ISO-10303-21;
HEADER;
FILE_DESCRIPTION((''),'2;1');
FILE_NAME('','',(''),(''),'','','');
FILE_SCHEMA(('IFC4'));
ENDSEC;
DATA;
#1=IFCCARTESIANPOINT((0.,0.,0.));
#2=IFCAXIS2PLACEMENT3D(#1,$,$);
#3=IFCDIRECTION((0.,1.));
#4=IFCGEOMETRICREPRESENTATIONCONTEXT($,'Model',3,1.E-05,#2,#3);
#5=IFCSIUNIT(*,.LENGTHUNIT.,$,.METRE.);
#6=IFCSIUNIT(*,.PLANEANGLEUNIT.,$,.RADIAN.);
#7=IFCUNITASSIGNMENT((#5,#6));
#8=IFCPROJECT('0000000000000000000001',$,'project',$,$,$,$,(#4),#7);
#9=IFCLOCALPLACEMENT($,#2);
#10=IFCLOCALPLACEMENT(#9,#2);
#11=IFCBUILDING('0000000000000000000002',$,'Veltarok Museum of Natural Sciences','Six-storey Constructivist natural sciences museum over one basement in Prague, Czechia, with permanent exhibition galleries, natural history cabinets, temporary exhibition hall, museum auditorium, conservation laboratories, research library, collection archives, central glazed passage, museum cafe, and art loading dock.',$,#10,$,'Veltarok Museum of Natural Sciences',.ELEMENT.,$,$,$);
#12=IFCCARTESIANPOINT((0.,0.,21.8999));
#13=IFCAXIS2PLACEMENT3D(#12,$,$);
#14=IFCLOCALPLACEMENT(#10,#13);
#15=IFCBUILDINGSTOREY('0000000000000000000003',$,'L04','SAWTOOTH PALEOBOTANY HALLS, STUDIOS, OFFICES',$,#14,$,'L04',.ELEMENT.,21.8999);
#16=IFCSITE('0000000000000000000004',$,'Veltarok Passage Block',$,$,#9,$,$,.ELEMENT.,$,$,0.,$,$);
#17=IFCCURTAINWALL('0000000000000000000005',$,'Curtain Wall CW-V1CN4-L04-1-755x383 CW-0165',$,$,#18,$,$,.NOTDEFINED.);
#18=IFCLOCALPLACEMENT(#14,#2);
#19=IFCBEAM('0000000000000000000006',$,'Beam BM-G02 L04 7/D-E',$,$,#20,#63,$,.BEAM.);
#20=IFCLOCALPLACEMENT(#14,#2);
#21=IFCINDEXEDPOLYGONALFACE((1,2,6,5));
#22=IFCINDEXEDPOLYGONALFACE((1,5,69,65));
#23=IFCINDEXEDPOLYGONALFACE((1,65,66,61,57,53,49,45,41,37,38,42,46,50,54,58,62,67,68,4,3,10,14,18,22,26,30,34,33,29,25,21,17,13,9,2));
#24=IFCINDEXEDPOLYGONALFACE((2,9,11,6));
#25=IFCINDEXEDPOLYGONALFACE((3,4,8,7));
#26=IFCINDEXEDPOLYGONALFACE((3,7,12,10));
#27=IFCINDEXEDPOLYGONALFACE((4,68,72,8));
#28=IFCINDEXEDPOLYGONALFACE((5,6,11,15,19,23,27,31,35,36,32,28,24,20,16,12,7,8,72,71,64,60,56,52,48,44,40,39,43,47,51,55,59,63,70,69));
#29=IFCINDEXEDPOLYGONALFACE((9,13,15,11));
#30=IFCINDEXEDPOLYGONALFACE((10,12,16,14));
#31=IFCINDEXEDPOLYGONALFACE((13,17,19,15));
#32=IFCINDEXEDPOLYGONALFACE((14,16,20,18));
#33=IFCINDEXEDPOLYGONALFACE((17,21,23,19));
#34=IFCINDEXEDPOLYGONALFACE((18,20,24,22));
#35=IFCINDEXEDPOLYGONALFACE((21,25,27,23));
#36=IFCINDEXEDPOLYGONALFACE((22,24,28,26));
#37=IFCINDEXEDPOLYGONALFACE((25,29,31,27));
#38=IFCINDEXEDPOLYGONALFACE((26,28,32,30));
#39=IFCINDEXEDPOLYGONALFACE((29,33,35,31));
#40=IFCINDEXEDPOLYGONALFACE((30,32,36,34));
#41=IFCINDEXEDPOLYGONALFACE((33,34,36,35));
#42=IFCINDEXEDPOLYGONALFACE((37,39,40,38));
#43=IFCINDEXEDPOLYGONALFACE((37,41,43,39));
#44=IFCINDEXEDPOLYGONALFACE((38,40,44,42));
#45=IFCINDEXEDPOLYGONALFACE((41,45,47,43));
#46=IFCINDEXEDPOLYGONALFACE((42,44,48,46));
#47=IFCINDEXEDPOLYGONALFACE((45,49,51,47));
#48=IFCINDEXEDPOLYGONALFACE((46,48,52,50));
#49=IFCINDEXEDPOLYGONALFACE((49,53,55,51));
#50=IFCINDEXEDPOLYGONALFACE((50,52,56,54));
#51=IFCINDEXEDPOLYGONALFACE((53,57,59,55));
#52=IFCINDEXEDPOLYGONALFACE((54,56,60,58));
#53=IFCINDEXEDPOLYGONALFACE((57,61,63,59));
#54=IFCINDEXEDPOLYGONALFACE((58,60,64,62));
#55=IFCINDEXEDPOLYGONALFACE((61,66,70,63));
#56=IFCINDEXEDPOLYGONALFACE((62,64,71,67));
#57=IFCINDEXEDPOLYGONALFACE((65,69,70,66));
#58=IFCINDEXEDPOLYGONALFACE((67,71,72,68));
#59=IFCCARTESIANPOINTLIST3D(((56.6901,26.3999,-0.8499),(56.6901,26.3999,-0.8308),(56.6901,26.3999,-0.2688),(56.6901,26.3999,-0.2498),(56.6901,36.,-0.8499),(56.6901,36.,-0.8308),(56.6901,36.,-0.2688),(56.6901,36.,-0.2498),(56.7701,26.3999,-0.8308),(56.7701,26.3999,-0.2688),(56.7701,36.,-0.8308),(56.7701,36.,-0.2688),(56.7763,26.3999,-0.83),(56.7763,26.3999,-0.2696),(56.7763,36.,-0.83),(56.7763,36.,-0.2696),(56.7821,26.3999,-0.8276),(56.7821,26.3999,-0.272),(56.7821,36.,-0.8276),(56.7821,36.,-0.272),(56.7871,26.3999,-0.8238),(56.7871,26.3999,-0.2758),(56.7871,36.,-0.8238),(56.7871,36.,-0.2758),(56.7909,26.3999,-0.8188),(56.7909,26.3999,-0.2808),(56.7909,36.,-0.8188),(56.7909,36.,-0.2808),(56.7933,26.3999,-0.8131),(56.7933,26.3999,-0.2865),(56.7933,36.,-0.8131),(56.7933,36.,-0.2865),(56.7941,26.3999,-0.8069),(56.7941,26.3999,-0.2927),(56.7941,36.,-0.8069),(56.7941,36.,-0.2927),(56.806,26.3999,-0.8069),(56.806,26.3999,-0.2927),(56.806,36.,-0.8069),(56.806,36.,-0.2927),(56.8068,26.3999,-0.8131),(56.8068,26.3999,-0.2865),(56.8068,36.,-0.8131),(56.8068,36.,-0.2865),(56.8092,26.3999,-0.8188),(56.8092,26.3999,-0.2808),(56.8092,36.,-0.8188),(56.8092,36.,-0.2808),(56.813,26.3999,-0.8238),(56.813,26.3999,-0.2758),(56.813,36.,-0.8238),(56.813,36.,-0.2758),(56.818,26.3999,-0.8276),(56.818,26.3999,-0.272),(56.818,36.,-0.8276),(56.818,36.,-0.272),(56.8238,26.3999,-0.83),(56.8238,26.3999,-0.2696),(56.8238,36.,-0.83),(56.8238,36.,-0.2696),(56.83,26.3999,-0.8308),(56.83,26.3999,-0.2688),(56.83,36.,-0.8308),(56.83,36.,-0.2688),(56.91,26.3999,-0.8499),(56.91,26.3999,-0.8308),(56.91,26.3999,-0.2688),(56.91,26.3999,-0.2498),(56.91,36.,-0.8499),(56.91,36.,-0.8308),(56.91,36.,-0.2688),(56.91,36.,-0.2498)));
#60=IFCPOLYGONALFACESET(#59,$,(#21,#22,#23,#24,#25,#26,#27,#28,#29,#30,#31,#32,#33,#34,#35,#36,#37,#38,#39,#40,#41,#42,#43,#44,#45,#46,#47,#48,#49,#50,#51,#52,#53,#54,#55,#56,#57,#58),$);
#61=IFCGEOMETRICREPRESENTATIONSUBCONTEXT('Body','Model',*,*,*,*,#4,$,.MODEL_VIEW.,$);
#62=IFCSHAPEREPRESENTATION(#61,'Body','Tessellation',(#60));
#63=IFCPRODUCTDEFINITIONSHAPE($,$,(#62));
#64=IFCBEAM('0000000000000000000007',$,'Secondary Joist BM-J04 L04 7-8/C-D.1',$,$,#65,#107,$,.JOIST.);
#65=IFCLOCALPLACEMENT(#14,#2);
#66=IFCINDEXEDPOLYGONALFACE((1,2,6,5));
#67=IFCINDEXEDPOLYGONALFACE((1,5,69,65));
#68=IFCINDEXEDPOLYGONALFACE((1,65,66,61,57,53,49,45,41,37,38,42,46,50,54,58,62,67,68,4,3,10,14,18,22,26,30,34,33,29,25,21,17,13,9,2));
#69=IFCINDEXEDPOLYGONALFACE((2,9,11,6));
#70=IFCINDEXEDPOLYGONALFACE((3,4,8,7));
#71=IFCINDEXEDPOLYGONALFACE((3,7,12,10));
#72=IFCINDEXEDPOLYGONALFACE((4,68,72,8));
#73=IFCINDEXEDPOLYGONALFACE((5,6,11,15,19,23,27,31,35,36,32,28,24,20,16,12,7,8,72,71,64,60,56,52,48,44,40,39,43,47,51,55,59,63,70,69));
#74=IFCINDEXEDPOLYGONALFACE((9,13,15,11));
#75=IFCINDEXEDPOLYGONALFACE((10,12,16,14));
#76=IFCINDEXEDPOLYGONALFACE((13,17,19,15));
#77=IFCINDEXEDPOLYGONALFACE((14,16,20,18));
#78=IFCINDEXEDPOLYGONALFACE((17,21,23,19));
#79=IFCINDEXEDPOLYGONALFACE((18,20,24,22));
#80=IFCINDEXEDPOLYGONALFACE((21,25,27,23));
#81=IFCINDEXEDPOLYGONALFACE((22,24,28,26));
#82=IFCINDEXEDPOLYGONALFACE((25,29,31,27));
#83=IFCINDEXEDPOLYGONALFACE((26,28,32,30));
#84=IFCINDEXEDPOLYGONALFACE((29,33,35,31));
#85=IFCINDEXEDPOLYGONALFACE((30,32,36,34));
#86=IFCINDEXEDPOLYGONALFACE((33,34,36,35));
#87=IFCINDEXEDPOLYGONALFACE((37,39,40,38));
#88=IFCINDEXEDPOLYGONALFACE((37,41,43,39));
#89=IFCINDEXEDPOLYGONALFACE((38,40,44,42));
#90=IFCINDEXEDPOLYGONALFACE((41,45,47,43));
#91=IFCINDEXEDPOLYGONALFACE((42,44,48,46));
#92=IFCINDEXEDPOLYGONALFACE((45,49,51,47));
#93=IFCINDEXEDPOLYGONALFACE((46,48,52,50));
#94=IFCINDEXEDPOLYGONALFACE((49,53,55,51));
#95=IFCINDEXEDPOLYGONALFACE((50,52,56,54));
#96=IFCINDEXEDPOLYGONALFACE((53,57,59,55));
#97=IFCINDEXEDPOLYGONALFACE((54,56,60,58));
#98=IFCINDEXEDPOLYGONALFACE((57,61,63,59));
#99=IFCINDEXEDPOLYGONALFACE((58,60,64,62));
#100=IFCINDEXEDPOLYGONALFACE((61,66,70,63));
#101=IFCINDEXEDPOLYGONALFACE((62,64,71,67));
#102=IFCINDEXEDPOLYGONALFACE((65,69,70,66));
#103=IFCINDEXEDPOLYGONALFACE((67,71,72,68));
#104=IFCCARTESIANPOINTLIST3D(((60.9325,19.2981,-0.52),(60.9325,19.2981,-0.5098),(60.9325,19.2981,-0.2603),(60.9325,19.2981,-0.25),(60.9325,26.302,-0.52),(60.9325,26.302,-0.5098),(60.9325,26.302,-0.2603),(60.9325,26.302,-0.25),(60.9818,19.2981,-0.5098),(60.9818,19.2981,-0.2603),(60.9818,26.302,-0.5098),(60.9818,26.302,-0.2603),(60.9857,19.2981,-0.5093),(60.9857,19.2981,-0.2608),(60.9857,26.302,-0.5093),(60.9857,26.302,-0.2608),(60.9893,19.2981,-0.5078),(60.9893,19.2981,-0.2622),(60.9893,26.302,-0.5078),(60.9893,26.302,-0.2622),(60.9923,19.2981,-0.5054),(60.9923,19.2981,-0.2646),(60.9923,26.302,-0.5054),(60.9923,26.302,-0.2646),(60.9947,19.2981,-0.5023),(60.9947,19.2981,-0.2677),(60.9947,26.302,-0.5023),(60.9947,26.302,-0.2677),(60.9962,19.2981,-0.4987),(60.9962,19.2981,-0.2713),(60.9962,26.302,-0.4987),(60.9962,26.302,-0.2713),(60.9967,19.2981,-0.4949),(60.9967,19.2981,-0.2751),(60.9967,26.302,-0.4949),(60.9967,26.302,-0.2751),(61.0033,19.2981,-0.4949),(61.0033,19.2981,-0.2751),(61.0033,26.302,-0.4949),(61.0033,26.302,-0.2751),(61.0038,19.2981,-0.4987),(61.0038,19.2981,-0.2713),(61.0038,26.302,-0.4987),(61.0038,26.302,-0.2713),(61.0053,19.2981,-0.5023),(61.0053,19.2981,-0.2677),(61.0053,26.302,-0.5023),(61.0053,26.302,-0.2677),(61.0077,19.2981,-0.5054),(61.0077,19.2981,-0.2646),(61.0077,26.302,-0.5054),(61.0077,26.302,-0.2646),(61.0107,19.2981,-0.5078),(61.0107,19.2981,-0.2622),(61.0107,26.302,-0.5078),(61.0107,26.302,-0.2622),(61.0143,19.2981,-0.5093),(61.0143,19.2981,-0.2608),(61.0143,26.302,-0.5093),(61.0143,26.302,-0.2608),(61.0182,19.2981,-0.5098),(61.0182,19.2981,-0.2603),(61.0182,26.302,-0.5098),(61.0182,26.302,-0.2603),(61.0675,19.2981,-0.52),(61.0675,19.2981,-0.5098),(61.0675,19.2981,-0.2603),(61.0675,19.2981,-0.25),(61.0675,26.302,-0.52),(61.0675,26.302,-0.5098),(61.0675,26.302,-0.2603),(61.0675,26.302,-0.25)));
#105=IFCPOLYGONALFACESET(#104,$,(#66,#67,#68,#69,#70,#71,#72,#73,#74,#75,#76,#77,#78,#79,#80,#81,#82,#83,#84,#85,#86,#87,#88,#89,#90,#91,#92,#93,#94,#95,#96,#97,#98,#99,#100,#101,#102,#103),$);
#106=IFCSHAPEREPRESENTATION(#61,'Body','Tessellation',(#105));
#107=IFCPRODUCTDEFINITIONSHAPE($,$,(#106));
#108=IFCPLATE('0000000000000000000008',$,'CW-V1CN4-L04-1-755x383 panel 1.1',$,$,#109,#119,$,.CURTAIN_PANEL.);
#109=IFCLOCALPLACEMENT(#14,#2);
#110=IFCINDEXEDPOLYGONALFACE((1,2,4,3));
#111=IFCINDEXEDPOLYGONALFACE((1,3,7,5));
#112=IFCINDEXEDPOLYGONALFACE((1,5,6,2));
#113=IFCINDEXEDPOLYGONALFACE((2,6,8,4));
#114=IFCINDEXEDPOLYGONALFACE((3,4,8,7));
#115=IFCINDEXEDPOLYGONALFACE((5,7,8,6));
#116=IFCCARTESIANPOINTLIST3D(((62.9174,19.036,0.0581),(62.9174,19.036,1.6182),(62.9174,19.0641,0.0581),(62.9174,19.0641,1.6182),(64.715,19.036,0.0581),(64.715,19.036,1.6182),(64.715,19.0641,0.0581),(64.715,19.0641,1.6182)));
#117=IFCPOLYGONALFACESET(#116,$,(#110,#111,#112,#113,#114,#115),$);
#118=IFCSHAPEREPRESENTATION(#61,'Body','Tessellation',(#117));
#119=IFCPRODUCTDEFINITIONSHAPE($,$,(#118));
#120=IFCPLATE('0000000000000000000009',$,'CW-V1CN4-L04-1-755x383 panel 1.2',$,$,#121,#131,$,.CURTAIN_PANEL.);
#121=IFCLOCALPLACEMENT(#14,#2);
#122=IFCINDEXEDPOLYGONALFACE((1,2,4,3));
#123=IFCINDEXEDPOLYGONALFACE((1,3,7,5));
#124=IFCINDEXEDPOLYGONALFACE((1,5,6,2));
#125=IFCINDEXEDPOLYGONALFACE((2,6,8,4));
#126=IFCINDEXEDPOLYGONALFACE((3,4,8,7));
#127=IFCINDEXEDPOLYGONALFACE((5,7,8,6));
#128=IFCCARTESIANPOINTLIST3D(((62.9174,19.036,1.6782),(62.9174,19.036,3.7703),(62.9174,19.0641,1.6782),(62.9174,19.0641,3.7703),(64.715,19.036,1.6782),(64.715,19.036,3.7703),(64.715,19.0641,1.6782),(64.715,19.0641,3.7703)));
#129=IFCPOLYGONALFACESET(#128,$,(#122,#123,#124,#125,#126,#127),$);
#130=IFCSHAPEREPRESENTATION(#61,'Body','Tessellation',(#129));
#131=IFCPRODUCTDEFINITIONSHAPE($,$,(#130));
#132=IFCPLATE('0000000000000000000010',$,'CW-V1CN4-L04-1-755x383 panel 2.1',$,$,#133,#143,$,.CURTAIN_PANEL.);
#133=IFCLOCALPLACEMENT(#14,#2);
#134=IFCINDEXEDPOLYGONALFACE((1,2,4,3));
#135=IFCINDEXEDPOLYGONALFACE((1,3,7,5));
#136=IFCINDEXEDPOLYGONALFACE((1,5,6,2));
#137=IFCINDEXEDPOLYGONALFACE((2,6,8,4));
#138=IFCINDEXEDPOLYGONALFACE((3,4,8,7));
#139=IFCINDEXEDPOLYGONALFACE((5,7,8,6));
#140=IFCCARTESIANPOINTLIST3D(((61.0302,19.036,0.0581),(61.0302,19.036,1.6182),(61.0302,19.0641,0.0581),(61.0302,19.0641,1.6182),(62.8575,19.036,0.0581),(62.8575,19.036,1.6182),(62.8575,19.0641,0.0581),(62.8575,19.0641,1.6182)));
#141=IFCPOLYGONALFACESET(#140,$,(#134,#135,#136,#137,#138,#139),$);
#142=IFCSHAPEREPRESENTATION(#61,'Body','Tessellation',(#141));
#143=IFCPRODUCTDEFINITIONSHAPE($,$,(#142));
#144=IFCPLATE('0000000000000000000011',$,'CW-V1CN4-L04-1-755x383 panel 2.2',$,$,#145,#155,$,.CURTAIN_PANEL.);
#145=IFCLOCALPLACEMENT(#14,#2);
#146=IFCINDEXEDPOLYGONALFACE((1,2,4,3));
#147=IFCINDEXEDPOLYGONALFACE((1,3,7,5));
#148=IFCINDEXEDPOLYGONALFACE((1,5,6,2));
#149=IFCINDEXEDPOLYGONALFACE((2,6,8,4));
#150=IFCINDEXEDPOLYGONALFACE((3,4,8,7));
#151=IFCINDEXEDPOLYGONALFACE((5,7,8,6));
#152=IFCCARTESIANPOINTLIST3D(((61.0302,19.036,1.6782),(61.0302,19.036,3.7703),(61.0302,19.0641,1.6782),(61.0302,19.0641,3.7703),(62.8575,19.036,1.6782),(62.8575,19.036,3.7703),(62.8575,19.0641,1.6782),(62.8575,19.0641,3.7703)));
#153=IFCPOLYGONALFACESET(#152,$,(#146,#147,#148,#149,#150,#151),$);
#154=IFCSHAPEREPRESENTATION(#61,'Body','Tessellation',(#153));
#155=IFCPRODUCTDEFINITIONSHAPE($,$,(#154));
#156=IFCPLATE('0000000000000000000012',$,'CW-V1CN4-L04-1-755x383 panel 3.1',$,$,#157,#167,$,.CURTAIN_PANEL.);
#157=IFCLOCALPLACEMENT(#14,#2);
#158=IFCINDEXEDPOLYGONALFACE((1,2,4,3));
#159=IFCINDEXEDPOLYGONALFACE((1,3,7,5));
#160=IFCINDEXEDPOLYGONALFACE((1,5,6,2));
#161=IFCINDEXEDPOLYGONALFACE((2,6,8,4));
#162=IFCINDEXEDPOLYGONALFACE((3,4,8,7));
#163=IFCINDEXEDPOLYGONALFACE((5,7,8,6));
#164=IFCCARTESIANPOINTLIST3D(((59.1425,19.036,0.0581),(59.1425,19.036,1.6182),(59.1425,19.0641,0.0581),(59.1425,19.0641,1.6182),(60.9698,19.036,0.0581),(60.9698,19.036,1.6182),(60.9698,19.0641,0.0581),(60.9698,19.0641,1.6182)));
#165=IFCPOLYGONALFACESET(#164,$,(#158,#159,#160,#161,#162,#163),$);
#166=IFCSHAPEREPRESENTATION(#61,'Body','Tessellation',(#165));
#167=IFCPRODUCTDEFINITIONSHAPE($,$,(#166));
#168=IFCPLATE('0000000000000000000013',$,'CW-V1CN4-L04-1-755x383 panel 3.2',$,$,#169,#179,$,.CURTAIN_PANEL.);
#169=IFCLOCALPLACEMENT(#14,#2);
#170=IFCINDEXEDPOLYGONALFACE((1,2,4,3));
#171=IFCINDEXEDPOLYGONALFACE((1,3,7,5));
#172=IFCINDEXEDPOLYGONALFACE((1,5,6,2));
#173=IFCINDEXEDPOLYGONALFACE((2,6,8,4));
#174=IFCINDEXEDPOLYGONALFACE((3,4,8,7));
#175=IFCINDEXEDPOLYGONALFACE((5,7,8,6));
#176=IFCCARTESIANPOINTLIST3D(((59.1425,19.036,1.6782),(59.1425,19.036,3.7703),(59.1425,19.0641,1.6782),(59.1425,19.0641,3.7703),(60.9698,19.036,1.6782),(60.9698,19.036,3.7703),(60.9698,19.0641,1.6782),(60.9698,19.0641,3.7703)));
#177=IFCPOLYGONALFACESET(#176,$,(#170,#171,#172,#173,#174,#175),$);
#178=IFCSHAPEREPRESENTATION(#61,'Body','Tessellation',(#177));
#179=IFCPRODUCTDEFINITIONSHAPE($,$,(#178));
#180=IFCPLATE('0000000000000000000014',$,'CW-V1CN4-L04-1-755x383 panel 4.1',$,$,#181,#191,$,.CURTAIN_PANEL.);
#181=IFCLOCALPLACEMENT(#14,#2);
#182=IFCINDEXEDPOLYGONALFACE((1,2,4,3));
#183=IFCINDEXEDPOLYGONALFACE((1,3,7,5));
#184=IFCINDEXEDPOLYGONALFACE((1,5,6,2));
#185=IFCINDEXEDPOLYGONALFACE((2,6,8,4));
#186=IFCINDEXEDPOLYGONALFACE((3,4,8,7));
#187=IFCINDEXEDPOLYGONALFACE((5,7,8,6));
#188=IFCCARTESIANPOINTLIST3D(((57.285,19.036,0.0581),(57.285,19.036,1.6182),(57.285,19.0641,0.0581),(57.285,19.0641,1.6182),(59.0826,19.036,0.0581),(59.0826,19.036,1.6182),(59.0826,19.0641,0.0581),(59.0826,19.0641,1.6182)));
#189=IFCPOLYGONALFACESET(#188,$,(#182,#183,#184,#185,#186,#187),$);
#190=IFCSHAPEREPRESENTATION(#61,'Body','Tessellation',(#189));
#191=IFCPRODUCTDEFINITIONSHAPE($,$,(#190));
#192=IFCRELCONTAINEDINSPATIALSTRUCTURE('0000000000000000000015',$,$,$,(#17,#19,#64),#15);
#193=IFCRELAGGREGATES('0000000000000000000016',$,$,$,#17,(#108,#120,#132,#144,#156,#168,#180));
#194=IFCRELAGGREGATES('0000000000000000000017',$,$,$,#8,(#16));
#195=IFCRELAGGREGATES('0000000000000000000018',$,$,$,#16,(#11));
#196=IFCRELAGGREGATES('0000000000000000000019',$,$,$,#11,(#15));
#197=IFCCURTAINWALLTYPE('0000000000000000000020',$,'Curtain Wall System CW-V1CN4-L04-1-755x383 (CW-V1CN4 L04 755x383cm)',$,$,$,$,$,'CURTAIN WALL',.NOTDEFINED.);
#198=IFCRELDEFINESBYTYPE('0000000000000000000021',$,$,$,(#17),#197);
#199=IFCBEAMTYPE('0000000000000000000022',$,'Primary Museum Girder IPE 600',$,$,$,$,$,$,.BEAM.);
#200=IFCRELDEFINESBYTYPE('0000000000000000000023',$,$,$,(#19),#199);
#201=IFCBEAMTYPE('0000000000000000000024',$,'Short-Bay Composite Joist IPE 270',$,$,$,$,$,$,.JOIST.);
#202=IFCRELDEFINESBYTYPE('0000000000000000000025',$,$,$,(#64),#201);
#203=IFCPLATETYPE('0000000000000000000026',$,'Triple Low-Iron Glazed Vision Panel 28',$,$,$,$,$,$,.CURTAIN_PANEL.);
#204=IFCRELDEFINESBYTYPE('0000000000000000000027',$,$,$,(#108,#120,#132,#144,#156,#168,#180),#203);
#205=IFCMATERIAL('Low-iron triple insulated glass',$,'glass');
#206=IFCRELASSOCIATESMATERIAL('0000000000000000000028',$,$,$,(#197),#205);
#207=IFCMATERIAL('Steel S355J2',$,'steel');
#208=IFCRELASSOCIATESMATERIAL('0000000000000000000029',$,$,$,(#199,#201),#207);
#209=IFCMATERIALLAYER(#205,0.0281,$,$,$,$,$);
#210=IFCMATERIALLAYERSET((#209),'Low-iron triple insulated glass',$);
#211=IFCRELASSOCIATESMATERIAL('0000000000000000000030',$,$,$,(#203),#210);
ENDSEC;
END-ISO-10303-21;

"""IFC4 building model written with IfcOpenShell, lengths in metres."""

from ifc_helpers import new_model, si_unit, direction, frame, origin, origin_2d, place, context, subcontext, project, spatial, rectangle, i_section, extrude, material, layer, layer_set, material_profile, profile_set, type_object, element, aggregate, save


model = new_model("IFC4")

# Units and contexts
model_context = context("Model", 3, precision=1e-05, world=origin(), true_north=direction((0.0, 1.0)))
body_context = subcontext(model_context, "Body", "Model", "MODEL_VIEW")
ifc_project = project(units=[si_unit("LENGTHUNIT", "METRE"), si_unit("PLANEANGLEUNIT", "RADIAN")], contexts=[model_context])

# Site, building, storey
site_placement = place(None, origin())
site = spatial("IfcSite", under=ifc_project, at=site_placement, Name="Veltarok Passage Block", CompositionType="ELEMENT", RefElevation=0.0)
building_placement = place(site_placement, origin())
building = spatial("IfcBuilding", under=site, at=building_placement, Name="Veltarok Museum of Natural Sciences", Description="Six-storey Constructivist natural sciences museum over one basement in Prague, Czechia, with permanent exhibition galleries, natural history cabinets, temporary exhibition hall, museum auditorium, conservation laboratories, research library, collection archives, central glazed passage, museum cafe, and art loading dock.", LongName="Veltarok Museum of Natural Sciences", CompositionType="ELEMENT")
storey_placement = place(building_placement, frame((0.0, 0.0, 21.8999)))
storey = spatial("IfcBuildingStorey", under=building, at=storey_placement, Name="L04", Description="SAWTOOTH PALEOBOTANY HALLS, STUDIOS, OFFICES", LongName="L04", CompositionType="ELEMENT", Elevation=21.8999)

# Curtain wall
ifc_material_1 = material(Name="Low-iron triple insulated glass", Category="glass")
curtain_wall_type = type_object("IfcCurtainWallType", Name="Curtain Wall System CW-V1CN4-L04-1-755x383 (CW-V1CN4 L04 755x383cm)", ElementType="CURTAIN WALL", PredefinedType="NOTDEFINED", material=ifc_material_1)
curtain_wall_placement = place(storey_placement, origin())
curtain_wall = element("IfcCurtainWall", 1, at=curtain_wall_placement, inside=storey, type_object=curtain_wall_type, Name="Curtain Wall CW-V1CN4-L04-1-755x383 CW-0165", PredefinedType="NOTDEFINED")

# Beams
ifc_material_2 = material(Name="Steel S355J2", Category="steel")
ifc_material_profile_1 = material_profile(ifc_material_2, i_section(OverallWidth=0.22, OverallDepth=0.6001, WebThickness=0.012, FlangeThickness=0.019, FilletRadius=0.0239, at=origin_2d()), Name="IPE 600")
ifc_profile_set_1 = profile_set([ifc_material_profile_1], Name="Steel S355J2")
beam_type_1 = type_object("IfcBeamType", Name="Primary Museum Girder IPE 600", PredefinedType="BEAM", material=ifc_profile_set_1)
beam_1_placement = place(storey_placement, frame((56.8, 26.3999, -0.5498), z_axis=(0.0, 1.0, 0.0), x_axis=(-1.0, 0.0, 0.0)))
element("IfcBeam", 2, at=beam_1_placement, inside=storey, type_object=beam_type_1, Name="Beam BM-G02 L04 7/D-E", PredefinedType="BEAM", context=body_context, shape_type="SweptSolid", body=[
    extrude(i_section(OverallWidth=0.22, OverallDepth=0.6001, WebThickness=0.012, FlangeThickness=0.019, FilletRadius=0.0239, at=origin_2d()), origin(), (0.0, 0.0, 1.0), 9.6001),
])
ifc_material_profile_2 = material_profile(ifc_material_2, i_section(OverallWidth=0.135, OverallDepth=0.27, WebThickness=0.0066, FlangeThickness=0.0103, FilletRadius=0.0149, at=origin_2d()), Name="IPE 270")
ifc_profile_set_2 = profile_set([ifc_material_profile_2], Name="Steel S355J2")
beam_type_2 = type_object("IfcBeamType", Name="Short-Bay Composite Joist IPE 270", PredefinedType="JOIST", material=ifc_profile_set_2)
beam_2_placement = place(storey_placement, frame((61.0, 19.2981, -0.385), z_axis=(0.0, 1.0, 0.0), x_axis=(-1.0, 0.0, 0.0)))
element("IfcBeam", 3, at=beam_2_placement, inside=storey, type_object=beam_type_2, Name="Secondary Joist BM-J04 L04 7-8/C-D.1", PredefinedType="JOIST", context=body_context, shape_type="SweptSolid", body=[
    extrude(i_section(OverallWidth=0.135, OverallDepth=0.27, WebThickness=0.0066, FlangeThickness=0.0103, FilletRadius=0.0149, at=origin_2d()), origin(), (0.0, 0.0, 1.0), 7.0039),
])

# Plates
ifc_layer = layer(ifc_material_1, 0.0281)
ifc_layer_set = layer_set([ifc_layer], Name="Low-iron triple insulated glass")
plate_type = type_object("IfcPlateType", Name="Triple Low-Iron Glazed Vision Panel 28", PredefinedType="CURTAIN_PANEL", material=ifc_layer_set)
plate_1_placement = place(storey_placement, frame((63.8162, 19.05, 0.0581), z_axis=(0.0, 0.0, 1.0), x_axis=(-1.0, 0.0, 0.0)))
plate_1 = element("IfcPlate", 4, at=plate_1_placement, type_object=plate_type, Name="CW-V1CN4-L04-1-755x383 panel 1.1", PredefinedType="CURTAIN_PANEL", context=body_context, shape_type="SweptSolid", body=[
    extrude(rectangle(XDim=1.7976, YDim=0.0281, at=origin_2d()), origin(), (0.0, 0.0, 1.0), 1.5601),
])
plate_2_placement = place(storey_placement, frame((63.8162, 19.05, 1.6782), z_axis=(0.0, 0.0, 1.0), x_axis=(-1.0, 0.0, 0.0)))
plate_2 = element("IfcPlate", 5, at=plate_2_placement, type_object=plate_type, Name="CW-V1CN4-L04-1-755x383 panel 1.2", PredefinedType="CURTAIN_PANEL", context=body_context, shape_type="SweptSolid", body=[
    extrude(rectangle(XDim=1.7976, YDim=0.0281, at=origin_2d()), origin(), (0.0, 0.0, 1.0), 2.092),
])
plate_3_placement = place(storey_placement, frame((61.9438, 19.05, 0.0581), z_axis=(0.0, 0.0, 1.0), x_axis=(-1.0, 0.0, 0.0)))
plate_3 = element("IfcPlate", 6, at=plate_3_placement, type_object=plate_type, Name="CW-V1CN4-L04-1-755x383 panel 2.1", PredefinedType="CURTAIN_PANEL", context=body_context, shape_type="SweptSolid", body=[
    extrude(rectangle(XDim=1.8274, YDim=0.0281, at=origin_2d()), origin(), (0.0, 0.0, 1.0), 1.5601),
])
plate_4_placement = place(storey_placement, frame((61.9438, 19.05, 1.6782), z_axis=(0.0, 0.0, 1.0), x_axis=(-1.0, 0.0, 0.0)))
plate_4 = element("IfcPlate", 7, at=plate_4_placement, type_object=plate_type, Name="CW-V1CN4-L04-1-755x383 panel 2.2", PredefinedType="CURTAIN_PANEL", context=body_context, shape_type="SweptSolid", body=[
    extrude(rectangle(XDim=1.8274, YDim=0.0281, at=origin_2d()), origin(), (0.0, 0.0, 1.0), 2.092),
])
plate_5_placement = place(storey_placement, frame((60.0562, 19.05, 0.0581), z_axis=(0.0, 0.0, 1.0), x_axis=(-1.0, 0.0, 0.0)))
plate_5 = element("IfcPlate", 8, at=plate_5_placement, type_object=plate_type, Name="CW-V1CN4-L04-1-755x383 panel 3.1", PredefinedType="CURTAIN_PANEL", context=body_context, shape_type="SweptSolid", body=[
    extrude(rectangle(XDim=1.8274, YDim=0.0281, at=origin_2d()), origin(), (0.0, 0.0, 1.0), 1.5601),
])
plate_6_placement = place(storey_placement, frame((60.0562, 19.05, 1.6782), z_axis=(0.0, 0.0, 1.0), x_axis=(-1.0, 0.0, 0.0)))
plate_6 = element("IfcPlate", 9, at=plate_6_placement, type_object=plate_type, Name="CW-V1CN4-L04-1-755x383 panel 3.2", PredefinedType="CURTAIN_PANEL", context=body_context, shape_type="SweptSolid", body=[
    extrude(rectangle(XDim=1.8274, YDim=0.0281, at=origin_2d()), origin(), (0.0, 0.0, 1.0), 2.092),
])
plate_7_placement = place(storey_placement, frame((58.1838, 19.05, 0.0581), z_axis=(0.0, 0.0, 1.0), x_axis=(-1.0, 0.0, 0.0)))
plate_7 = element("IfcPlate", 10, at=plate_7_placement, type_object=plate_type, Name="CW-V1CN4-L04-1-755x383 panel 4.1", PredefinedType="CURTAIN_PANEL", context=body_context, shape_type="SweptSolid", body=[
    extrude(rectangle(XDim=1.7976, YDim=0.0281, at=origin_2d()), origin(), (0.0, 0.0, 1.0), 1.5601),
])
aggregate(curtain_wall, [plate_1, plate_2, plate_3, plate_4, plate_5, plate_6, plate_7])

save(model, "model.ifc")
